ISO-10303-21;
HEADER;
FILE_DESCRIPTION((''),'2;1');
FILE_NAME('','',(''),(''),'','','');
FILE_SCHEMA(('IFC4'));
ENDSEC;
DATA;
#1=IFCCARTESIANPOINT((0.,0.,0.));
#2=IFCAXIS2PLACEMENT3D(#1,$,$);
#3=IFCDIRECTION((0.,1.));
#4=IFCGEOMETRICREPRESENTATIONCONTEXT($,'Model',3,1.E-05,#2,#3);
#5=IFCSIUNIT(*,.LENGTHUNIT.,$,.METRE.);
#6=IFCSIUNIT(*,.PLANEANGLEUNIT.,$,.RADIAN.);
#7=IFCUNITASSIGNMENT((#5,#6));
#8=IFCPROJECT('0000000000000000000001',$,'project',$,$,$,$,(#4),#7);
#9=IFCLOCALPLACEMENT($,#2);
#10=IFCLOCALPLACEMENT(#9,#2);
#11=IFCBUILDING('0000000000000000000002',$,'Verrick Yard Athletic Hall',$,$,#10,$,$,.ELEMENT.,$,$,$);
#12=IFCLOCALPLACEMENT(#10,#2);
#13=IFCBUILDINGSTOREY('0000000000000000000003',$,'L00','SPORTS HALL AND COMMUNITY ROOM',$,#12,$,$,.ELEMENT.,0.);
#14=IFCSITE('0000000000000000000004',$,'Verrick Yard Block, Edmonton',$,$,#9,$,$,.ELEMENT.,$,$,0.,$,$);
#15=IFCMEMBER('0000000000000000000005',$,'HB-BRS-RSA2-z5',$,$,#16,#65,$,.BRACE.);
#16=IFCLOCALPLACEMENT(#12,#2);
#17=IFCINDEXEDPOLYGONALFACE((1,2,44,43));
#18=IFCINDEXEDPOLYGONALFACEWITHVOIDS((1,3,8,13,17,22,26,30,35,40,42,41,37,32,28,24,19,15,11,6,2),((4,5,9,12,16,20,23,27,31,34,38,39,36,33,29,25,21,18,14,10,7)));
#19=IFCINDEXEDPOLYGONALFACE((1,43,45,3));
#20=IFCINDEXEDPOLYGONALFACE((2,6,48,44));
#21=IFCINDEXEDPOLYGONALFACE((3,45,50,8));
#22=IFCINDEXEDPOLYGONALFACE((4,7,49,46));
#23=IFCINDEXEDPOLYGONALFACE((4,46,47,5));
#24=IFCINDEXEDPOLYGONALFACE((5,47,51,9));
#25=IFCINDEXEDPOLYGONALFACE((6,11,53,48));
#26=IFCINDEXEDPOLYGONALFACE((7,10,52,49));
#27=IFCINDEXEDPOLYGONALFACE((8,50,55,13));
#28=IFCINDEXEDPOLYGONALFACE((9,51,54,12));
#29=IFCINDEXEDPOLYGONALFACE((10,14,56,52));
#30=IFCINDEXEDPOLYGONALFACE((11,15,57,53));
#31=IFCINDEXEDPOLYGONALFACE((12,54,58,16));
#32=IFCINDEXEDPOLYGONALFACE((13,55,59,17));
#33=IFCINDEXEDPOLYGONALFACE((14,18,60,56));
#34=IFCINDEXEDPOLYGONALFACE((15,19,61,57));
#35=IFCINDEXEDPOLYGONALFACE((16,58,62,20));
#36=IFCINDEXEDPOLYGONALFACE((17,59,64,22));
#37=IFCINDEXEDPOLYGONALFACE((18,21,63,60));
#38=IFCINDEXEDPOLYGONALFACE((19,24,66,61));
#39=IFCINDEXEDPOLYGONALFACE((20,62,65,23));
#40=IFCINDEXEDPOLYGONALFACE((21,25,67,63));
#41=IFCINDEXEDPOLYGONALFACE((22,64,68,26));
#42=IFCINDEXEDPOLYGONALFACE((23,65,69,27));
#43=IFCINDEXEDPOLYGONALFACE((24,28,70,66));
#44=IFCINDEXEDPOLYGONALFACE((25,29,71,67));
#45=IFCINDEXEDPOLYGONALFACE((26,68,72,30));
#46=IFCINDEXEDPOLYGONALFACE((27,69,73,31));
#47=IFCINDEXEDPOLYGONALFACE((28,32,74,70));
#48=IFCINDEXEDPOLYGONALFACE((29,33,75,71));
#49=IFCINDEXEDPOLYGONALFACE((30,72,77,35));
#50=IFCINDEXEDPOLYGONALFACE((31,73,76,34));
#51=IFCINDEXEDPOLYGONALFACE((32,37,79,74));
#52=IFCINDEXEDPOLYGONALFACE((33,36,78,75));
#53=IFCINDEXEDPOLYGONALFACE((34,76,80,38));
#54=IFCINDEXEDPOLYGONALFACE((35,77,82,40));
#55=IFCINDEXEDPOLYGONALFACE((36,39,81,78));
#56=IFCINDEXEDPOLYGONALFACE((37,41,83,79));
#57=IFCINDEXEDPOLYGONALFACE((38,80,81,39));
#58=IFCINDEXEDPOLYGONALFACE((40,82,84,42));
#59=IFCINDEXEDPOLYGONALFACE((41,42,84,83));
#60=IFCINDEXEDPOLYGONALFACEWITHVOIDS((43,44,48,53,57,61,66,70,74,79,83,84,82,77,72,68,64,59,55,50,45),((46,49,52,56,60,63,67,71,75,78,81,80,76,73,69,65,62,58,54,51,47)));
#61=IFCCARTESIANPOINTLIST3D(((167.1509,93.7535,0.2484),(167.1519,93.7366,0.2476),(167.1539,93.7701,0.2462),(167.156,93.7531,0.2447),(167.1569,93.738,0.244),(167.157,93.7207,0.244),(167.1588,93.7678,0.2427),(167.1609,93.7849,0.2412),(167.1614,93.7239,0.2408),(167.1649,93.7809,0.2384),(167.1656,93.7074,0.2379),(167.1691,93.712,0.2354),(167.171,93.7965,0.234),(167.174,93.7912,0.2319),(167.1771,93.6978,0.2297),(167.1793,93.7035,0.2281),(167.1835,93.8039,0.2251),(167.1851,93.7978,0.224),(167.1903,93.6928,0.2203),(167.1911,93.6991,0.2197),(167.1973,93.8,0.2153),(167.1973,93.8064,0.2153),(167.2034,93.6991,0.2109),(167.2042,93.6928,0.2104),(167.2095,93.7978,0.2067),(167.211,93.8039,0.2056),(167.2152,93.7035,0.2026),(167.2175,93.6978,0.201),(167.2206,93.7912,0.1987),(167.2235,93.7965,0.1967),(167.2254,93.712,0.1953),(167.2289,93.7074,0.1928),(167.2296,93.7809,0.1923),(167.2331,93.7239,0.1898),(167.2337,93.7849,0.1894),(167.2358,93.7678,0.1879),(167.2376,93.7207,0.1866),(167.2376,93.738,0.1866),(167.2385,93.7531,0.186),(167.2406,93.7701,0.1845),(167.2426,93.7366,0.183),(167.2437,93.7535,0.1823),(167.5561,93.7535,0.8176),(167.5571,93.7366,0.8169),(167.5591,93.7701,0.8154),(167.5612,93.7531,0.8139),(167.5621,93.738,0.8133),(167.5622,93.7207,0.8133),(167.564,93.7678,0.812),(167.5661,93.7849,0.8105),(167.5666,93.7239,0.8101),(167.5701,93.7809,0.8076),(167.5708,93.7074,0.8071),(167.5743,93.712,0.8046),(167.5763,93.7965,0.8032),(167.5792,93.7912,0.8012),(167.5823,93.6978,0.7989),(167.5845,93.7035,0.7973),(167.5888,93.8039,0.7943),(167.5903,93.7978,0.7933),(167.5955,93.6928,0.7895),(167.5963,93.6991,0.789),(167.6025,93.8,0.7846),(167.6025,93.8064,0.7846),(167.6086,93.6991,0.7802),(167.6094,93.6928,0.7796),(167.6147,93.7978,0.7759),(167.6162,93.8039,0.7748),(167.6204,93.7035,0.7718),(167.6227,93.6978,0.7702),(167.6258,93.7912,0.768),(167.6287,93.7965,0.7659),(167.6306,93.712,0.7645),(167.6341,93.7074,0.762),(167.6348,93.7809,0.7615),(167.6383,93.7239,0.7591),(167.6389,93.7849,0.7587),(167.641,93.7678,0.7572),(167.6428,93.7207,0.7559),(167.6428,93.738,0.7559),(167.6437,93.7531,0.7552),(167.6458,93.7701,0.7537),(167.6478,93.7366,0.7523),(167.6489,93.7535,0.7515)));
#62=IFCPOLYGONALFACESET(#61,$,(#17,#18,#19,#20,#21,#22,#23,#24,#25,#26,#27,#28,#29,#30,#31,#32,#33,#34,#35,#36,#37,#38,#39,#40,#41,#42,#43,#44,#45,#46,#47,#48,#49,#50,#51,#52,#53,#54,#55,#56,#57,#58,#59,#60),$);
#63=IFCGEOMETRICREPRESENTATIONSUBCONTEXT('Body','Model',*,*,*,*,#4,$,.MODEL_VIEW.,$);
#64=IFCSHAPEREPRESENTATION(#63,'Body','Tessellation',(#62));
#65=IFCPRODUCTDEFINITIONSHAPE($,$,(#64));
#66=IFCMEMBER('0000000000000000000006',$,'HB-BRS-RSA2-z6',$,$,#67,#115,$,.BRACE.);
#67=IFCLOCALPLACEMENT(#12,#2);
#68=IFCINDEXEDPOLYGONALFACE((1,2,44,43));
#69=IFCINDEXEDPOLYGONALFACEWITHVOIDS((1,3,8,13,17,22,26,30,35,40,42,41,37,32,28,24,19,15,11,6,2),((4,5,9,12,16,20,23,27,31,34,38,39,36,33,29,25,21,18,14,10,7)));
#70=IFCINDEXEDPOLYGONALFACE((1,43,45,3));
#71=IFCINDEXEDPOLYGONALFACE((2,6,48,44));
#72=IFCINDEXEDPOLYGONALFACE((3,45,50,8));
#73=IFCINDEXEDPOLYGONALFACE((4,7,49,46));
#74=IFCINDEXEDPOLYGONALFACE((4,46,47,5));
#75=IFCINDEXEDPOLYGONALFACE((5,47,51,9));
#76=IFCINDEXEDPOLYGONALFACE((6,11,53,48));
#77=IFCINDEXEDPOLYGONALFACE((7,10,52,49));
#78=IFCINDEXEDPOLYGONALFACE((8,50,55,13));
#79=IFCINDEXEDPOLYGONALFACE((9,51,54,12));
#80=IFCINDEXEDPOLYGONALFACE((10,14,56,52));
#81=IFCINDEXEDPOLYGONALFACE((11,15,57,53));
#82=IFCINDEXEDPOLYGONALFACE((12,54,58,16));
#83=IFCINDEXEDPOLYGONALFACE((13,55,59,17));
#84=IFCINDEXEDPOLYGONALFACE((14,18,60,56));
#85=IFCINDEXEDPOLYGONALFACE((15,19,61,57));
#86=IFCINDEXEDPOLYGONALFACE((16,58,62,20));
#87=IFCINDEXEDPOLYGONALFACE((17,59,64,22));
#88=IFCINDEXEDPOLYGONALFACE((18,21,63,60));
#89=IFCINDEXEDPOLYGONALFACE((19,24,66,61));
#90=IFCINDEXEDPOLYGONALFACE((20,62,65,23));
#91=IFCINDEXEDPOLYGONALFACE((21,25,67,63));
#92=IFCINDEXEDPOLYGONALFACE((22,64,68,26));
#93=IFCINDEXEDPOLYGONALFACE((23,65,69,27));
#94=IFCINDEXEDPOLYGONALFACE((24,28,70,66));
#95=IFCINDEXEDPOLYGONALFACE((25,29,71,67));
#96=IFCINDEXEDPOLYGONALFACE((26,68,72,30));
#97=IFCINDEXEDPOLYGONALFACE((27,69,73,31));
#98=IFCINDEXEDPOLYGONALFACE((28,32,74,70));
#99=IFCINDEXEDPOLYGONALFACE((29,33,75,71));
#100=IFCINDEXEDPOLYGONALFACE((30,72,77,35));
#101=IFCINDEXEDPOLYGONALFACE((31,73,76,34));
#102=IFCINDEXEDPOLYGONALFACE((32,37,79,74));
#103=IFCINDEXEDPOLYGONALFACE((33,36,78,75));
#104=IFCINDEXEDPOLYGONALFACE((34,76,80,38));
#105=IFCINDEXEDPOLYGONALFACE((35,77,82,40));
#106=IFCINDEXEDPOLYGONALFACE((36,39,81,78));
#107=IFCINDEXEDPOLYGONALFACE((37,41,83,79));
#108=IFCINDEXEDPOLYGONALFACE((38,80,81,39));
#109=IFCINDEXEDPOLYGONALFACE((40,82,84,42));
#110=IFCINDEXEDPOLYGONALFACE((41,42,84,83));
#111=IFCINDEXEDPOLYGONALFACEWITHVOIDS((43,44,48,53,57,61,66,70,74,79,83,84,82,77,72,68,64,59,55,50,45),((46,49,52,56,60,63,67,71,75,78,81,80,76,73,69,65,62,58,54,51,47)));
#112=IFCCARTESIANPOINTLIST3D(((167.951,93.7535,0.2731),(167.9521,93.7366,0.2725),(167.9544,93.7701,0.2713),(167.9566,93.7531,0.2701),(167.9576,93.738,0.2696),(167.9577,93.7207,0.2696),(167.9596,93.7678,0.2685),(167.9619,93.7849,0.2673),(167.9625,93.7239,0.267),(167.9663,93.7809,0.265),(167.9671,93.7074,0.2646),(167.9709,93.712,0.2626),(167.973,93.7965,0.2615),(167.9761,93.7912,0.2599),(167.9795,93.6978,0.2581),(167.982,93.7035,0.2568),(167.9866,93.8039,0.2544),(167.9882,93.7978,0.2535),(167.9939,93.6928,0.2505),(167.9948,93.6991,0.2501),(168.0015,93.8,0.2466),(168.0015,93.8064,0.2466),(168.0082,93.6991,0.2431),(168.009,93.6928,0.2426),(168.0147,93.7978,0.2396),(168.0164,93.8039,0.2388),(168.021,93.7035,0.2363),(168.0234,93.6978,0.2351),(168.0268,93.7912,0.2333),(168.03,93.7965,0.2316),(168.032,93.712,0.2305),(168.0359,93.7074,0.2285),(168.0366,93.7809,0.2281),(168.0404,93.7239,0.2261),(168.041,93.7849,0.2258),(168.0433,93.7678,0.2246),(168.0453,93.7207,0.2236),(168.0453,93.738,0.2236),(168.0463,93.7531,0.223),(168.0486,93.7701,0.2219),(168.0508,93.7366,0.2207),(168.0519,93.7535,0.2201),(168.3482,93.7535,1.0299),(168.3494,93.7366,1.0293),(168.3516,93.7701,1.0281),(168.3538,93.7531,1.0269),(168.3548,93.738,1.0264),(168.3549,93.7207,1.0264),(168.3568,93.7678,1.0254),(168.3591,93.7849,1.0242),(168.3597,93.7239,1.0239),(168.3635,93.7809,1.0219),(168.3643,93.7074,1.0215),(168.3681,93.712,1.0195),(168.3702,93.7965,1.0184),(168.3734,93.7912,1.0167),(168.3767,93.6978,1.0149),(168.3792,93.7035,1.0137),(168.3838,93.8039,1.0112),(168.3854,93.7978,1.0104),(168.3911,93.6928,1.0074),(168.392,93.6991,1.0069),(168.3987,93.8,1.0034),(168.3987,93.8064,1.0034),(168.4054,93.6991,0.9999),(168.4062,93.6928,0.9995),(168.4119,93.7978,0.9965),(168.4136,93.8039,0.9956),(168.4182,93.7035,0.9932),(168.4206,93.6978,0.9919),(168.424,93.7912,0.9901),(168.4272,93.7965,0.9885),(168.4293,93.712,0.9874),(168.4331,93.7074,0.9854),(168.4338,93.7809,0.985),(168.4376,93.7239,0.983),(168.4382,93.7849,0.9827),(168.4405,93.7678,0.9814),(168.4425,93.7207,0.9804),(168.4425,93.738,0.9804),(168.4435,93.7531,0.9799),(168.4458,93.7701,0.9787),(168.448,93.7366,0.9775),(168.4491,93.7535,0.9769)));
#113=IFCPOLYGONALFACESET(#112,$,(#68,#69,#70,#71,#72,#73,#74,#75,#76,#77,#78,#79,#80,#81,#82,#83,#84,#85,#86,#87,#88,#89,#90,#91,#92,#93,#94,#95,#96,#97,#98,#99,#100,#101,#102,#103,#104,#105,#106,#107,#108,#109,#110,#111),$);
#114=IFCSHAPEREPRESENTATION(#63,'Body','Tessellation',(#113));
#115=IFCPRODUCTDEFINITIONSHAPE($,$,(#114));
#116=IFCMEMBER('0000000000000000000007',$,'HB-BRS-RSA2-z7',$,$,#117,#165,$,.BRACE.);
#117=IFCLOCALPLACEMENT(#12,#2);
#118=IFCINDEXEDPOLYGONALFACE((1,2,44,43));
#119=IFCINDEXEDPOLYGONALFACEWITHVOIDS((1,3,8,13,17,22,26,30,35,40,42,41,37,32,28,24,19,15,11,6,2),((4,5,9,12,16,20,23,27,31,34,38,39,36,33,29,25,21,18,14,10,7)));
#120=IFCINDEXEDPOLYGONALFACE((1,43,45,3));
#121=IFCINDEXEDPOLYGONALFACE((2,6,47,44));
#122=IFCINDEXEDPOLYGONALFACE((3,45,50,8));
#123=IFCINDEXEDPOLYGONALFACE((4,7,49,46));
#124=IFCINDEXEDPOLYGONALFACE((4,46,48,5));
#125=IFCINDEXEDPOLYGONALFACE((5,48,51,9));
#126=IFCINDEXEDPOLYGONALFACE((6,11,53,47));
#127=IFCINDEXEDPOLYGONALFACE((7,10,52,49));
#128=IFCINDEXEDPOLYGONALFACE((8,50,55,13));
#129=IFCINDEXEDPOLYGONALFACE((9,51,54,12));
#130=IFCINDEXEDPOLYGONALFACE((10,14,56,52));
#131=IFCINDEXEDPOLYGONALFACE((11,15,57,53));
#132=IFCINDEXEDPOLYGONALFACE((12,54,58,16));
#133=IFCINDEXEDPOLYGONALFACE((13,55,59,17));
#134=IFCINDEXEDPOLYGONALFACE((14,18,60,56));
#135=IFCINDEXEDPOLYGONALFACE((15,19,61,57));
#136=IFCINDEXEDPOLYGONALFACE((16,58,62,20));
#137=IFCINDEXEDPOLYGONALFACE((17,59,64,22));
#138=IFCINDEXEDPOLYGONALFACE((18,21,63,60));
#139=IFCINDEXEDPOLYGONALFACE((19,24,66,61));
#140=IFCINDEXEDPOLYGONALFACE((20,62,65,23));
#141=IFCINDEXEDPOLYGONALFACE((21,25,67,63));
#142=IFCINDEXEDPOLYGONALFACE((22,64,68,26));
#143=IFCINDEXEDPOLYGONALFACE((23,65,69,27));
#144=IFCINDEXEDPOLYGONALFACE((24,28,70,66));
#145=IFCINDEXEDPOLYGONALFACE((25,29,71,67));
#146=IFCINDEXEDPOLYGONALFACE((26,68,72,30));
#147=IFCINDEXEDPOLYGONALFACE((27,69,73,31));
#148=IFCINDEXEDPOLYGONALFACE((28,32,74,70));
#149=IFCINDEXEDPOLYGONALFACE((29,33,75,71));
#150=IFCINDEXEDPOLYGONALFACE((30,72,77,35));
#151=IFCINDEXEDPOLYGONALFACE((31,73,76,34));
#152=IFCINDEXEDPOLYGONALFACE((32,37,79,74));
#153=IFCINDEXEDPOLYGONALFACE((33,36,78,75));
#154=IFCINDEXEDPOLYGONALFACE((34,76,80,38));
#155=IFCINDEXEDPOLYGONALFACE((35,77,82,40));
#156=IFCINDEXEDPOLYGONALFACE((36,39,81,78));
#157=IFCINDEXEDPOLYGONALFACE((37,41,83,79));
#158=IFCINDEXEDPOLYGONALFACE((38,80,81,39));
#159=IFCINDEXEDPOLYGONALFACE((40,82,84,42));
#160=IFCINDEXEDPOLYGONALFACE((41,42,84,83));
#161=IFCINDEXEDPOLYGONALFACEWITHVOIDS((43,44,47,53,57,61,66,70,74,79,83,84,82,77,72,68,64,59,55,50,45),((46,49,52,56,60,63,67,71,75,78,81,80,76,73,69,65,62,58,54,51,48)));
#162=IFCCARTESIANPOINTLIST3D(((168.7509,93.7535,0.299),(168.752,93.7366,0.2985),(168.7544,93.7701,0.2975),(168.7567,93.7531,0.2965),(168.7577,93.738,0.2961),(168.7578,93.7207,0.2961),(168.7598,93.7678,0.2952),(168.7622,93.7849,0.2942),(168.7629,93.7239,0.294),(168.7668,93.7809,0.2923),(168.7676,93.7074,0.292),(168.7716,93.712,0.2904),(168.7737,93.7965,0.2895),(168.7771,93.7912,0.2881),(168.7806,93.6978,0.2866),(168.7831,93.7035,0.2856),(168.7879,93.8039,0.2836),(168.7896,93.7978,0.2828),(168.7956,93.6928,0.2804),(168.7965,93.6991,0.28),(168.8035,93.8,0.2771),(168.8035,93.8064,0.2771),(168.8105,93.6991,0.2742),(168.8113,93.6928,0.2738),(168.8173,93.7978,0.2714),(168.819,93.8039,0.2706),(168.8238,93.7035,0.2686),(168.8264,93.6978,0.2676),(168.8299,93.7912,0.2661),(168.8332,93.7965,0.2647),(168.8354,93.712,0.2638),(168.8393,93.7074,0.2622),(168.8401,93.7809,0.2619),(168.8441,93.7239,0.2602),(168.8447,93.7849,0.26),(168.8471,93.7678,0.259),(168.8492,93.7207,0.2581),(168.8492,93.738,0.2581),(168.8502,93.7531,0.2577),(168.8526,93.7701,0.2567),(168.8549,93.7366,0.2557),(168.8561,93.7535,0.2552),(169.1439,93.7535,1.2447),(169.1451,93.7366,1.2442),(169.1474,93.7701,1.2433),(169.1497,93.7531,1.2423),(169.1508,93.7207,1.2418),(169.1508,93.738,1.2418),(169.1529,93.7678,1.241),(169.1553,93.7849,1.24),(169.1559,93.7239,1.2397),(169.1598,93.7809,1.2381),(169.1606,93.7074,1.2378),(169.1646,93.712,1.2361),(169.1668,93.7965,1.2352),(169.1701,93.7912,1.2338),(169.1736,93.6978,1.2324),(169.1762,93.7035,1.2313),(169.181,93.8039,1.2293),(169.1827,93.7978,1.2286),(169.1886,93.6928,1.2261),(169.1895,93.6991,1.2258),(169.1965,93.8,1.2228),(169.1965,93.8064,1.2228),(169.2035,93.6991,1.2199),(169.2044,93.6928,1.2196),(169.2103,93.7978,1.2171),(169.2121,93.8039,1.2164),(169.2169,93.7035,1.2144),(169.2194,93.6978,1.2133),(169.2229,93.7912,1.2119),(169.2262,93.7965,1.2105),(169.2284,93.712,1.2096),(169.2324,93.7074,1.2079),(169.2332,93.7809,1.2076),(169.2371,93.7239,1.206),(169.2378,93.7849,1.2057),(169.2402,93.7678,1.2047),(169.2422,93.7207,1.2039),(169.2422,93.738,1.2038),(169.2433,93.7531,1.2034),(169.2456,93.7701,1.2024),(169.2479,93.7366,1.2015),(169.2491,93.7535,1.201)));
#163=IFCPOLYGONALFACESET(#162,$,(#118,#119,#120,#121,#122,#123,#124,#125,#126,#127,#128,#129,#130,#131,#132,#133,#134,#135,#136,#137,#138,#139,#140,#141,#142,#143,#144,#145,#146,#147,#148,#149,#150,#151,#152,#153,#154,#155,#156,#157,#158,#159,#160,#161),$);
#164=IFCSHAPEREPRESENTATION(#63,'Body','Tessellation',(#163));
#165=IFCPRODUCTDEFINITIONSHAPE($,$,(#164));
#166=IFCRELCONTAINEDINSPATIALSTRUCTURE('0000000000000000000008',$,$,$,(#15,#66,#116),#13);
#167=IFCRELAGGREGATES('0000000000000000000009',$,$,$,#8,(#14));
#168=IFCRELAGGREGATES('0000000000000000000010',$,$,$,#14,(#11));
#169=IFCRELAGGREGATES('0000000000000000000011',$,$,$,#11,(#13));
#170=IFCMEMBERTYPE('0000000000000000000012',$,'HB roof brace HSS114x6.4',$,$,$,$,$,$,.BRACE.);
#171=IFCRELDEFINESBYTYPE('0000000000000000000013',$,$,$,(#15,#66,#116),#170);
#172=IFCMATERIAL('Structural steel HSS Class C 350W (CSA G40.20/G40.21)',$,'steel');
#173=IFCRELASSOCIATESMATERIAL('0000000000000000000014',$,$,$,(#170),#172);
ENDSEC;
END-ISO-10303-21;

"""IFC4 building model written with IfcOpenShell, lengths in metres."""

from ifc_helpers import new_model, si_unit, direction, frame, origin, origin_2d, place, context, subcontext, project, spatial, hollow_circle, extrude, material, material_profile, profile_set, type_object, element, save


model = new_model("IFC4")

# Units and contexts
model_context = context("Model", 3, precision=1e-05, world=origin(), true_north=direction((0.0, 1.0)))
body_context = subcontext(model_context, "Body", "Model", "MODEL_VIEW")
ifc_project = project(units=[si_unit("LENGTHUNIT", "METRE"), si_unit("PLANEANGLEUNIT", "RADIAN")], contexts=[model_context])

# Site, building, storey
site_placement = place(None, origin())
site = spatial("IfcSite", under=ifc_project, at=site_placement, Name="Verrick Yard Block, Edmonton", CompositionType="ELEMENT", RefElevation=0.0)
building_placement = place(site_placement, origin())
building = spatial("IfcBuilding", under=site, at=building_placement, Name="Verrick Yard Athletic Hall", CompositionType="ELEMENT")
storey_placement = place(building_placement, origin())
storey = spatial("IfcBuildingStorey", under=building, at=storey_placement, Name="L00", Description="SPORTS HALL AND COMMUNITY ROOM", CompositionType="ELEMENT", Elevation=0.0)

# Members
ifc_material_1 = material(Name="Structural steel HSS Class C 350W (CSA G40.20/G40.21)", Category="steel")
ifc_material_profile_1 = material_profile(ifc_material_1, hollow_circle(Radius=0.0571, WallThickness=0.0063, at=origin_2d()), Name="HSS114x6.4")
ifc_profile_set_1 = profile_set([ifc_material_profile_1], Name="Structural steel HSS Class C 350W (CSA G40.20/G40.21)")
member_type_1 = type_object("IfcMemberType", Name="HB roof brace HSS114x6.4", PredefinedType="BRACE", material=ifc_profile_set_1)
member_1_placement = place(storey_placement, frame((167.1973, 93.7493, 0.2153), z_axis=(0.579916, 0.0, 0.814677), x_axis=(0.0, 1.0, 0.0)))
element("IfcMember", 1, at=member_1_placement, inside=storey, type_object=member_type_1, Name="HB-BRS-RSA2-z5", PredefinedType="BRACE", context=body_context, shape_type="SweptSolid", body=[
    extrude(hollow_circle(Radius=0.0571, WallThickness=0.0063, at=origin_2d()), origin(), (0.0, 0.0, 1.0), 0.6987),
])
member_2_placement = place(storey_placement, frame((168.0015, 93.7493, 0.2466), z_axis=(0.464722, 0.0, 0.885457), x_axis=(0.0, 1.0, 0.0)))
element("IfcMember", 2, at=member_2_placement, inside=storey, type_object=member_type_1, Name="HB-BRS-RSA2-z6", PredefinedType="BRACE", context=body_context, shape_type="SweptSolid", body=[
    extrude(hollow_circle(Radius=0.0571, WallThickness=0.0063, at=origin_2d()), origin(), (0.0, 0.0, 1.0), 0.8547),
])
member_3_placement = place(storey_placement, frame((168.8035, 93.7493, 0.2771), z_axis=(0.383769, 0.0, 0.923429), x_axis=(0.0, 1.0, 0.0)))
element("IfcMember", 3, at=member_3_placement, inside=storey, type_object=member_type_1, Name="HB-BRS-RSA2-z7", PredefinedType="BRACE", context=body_context, shape_type="SweptSolid", body=[
    extrude(hollow_circle(Radius=0.0571, WallThickness=0.0063, at=origin_2d()), origin(), (0.0, 0.0, 1.0), 1.0242),
])

save(model, "model.ifc")
